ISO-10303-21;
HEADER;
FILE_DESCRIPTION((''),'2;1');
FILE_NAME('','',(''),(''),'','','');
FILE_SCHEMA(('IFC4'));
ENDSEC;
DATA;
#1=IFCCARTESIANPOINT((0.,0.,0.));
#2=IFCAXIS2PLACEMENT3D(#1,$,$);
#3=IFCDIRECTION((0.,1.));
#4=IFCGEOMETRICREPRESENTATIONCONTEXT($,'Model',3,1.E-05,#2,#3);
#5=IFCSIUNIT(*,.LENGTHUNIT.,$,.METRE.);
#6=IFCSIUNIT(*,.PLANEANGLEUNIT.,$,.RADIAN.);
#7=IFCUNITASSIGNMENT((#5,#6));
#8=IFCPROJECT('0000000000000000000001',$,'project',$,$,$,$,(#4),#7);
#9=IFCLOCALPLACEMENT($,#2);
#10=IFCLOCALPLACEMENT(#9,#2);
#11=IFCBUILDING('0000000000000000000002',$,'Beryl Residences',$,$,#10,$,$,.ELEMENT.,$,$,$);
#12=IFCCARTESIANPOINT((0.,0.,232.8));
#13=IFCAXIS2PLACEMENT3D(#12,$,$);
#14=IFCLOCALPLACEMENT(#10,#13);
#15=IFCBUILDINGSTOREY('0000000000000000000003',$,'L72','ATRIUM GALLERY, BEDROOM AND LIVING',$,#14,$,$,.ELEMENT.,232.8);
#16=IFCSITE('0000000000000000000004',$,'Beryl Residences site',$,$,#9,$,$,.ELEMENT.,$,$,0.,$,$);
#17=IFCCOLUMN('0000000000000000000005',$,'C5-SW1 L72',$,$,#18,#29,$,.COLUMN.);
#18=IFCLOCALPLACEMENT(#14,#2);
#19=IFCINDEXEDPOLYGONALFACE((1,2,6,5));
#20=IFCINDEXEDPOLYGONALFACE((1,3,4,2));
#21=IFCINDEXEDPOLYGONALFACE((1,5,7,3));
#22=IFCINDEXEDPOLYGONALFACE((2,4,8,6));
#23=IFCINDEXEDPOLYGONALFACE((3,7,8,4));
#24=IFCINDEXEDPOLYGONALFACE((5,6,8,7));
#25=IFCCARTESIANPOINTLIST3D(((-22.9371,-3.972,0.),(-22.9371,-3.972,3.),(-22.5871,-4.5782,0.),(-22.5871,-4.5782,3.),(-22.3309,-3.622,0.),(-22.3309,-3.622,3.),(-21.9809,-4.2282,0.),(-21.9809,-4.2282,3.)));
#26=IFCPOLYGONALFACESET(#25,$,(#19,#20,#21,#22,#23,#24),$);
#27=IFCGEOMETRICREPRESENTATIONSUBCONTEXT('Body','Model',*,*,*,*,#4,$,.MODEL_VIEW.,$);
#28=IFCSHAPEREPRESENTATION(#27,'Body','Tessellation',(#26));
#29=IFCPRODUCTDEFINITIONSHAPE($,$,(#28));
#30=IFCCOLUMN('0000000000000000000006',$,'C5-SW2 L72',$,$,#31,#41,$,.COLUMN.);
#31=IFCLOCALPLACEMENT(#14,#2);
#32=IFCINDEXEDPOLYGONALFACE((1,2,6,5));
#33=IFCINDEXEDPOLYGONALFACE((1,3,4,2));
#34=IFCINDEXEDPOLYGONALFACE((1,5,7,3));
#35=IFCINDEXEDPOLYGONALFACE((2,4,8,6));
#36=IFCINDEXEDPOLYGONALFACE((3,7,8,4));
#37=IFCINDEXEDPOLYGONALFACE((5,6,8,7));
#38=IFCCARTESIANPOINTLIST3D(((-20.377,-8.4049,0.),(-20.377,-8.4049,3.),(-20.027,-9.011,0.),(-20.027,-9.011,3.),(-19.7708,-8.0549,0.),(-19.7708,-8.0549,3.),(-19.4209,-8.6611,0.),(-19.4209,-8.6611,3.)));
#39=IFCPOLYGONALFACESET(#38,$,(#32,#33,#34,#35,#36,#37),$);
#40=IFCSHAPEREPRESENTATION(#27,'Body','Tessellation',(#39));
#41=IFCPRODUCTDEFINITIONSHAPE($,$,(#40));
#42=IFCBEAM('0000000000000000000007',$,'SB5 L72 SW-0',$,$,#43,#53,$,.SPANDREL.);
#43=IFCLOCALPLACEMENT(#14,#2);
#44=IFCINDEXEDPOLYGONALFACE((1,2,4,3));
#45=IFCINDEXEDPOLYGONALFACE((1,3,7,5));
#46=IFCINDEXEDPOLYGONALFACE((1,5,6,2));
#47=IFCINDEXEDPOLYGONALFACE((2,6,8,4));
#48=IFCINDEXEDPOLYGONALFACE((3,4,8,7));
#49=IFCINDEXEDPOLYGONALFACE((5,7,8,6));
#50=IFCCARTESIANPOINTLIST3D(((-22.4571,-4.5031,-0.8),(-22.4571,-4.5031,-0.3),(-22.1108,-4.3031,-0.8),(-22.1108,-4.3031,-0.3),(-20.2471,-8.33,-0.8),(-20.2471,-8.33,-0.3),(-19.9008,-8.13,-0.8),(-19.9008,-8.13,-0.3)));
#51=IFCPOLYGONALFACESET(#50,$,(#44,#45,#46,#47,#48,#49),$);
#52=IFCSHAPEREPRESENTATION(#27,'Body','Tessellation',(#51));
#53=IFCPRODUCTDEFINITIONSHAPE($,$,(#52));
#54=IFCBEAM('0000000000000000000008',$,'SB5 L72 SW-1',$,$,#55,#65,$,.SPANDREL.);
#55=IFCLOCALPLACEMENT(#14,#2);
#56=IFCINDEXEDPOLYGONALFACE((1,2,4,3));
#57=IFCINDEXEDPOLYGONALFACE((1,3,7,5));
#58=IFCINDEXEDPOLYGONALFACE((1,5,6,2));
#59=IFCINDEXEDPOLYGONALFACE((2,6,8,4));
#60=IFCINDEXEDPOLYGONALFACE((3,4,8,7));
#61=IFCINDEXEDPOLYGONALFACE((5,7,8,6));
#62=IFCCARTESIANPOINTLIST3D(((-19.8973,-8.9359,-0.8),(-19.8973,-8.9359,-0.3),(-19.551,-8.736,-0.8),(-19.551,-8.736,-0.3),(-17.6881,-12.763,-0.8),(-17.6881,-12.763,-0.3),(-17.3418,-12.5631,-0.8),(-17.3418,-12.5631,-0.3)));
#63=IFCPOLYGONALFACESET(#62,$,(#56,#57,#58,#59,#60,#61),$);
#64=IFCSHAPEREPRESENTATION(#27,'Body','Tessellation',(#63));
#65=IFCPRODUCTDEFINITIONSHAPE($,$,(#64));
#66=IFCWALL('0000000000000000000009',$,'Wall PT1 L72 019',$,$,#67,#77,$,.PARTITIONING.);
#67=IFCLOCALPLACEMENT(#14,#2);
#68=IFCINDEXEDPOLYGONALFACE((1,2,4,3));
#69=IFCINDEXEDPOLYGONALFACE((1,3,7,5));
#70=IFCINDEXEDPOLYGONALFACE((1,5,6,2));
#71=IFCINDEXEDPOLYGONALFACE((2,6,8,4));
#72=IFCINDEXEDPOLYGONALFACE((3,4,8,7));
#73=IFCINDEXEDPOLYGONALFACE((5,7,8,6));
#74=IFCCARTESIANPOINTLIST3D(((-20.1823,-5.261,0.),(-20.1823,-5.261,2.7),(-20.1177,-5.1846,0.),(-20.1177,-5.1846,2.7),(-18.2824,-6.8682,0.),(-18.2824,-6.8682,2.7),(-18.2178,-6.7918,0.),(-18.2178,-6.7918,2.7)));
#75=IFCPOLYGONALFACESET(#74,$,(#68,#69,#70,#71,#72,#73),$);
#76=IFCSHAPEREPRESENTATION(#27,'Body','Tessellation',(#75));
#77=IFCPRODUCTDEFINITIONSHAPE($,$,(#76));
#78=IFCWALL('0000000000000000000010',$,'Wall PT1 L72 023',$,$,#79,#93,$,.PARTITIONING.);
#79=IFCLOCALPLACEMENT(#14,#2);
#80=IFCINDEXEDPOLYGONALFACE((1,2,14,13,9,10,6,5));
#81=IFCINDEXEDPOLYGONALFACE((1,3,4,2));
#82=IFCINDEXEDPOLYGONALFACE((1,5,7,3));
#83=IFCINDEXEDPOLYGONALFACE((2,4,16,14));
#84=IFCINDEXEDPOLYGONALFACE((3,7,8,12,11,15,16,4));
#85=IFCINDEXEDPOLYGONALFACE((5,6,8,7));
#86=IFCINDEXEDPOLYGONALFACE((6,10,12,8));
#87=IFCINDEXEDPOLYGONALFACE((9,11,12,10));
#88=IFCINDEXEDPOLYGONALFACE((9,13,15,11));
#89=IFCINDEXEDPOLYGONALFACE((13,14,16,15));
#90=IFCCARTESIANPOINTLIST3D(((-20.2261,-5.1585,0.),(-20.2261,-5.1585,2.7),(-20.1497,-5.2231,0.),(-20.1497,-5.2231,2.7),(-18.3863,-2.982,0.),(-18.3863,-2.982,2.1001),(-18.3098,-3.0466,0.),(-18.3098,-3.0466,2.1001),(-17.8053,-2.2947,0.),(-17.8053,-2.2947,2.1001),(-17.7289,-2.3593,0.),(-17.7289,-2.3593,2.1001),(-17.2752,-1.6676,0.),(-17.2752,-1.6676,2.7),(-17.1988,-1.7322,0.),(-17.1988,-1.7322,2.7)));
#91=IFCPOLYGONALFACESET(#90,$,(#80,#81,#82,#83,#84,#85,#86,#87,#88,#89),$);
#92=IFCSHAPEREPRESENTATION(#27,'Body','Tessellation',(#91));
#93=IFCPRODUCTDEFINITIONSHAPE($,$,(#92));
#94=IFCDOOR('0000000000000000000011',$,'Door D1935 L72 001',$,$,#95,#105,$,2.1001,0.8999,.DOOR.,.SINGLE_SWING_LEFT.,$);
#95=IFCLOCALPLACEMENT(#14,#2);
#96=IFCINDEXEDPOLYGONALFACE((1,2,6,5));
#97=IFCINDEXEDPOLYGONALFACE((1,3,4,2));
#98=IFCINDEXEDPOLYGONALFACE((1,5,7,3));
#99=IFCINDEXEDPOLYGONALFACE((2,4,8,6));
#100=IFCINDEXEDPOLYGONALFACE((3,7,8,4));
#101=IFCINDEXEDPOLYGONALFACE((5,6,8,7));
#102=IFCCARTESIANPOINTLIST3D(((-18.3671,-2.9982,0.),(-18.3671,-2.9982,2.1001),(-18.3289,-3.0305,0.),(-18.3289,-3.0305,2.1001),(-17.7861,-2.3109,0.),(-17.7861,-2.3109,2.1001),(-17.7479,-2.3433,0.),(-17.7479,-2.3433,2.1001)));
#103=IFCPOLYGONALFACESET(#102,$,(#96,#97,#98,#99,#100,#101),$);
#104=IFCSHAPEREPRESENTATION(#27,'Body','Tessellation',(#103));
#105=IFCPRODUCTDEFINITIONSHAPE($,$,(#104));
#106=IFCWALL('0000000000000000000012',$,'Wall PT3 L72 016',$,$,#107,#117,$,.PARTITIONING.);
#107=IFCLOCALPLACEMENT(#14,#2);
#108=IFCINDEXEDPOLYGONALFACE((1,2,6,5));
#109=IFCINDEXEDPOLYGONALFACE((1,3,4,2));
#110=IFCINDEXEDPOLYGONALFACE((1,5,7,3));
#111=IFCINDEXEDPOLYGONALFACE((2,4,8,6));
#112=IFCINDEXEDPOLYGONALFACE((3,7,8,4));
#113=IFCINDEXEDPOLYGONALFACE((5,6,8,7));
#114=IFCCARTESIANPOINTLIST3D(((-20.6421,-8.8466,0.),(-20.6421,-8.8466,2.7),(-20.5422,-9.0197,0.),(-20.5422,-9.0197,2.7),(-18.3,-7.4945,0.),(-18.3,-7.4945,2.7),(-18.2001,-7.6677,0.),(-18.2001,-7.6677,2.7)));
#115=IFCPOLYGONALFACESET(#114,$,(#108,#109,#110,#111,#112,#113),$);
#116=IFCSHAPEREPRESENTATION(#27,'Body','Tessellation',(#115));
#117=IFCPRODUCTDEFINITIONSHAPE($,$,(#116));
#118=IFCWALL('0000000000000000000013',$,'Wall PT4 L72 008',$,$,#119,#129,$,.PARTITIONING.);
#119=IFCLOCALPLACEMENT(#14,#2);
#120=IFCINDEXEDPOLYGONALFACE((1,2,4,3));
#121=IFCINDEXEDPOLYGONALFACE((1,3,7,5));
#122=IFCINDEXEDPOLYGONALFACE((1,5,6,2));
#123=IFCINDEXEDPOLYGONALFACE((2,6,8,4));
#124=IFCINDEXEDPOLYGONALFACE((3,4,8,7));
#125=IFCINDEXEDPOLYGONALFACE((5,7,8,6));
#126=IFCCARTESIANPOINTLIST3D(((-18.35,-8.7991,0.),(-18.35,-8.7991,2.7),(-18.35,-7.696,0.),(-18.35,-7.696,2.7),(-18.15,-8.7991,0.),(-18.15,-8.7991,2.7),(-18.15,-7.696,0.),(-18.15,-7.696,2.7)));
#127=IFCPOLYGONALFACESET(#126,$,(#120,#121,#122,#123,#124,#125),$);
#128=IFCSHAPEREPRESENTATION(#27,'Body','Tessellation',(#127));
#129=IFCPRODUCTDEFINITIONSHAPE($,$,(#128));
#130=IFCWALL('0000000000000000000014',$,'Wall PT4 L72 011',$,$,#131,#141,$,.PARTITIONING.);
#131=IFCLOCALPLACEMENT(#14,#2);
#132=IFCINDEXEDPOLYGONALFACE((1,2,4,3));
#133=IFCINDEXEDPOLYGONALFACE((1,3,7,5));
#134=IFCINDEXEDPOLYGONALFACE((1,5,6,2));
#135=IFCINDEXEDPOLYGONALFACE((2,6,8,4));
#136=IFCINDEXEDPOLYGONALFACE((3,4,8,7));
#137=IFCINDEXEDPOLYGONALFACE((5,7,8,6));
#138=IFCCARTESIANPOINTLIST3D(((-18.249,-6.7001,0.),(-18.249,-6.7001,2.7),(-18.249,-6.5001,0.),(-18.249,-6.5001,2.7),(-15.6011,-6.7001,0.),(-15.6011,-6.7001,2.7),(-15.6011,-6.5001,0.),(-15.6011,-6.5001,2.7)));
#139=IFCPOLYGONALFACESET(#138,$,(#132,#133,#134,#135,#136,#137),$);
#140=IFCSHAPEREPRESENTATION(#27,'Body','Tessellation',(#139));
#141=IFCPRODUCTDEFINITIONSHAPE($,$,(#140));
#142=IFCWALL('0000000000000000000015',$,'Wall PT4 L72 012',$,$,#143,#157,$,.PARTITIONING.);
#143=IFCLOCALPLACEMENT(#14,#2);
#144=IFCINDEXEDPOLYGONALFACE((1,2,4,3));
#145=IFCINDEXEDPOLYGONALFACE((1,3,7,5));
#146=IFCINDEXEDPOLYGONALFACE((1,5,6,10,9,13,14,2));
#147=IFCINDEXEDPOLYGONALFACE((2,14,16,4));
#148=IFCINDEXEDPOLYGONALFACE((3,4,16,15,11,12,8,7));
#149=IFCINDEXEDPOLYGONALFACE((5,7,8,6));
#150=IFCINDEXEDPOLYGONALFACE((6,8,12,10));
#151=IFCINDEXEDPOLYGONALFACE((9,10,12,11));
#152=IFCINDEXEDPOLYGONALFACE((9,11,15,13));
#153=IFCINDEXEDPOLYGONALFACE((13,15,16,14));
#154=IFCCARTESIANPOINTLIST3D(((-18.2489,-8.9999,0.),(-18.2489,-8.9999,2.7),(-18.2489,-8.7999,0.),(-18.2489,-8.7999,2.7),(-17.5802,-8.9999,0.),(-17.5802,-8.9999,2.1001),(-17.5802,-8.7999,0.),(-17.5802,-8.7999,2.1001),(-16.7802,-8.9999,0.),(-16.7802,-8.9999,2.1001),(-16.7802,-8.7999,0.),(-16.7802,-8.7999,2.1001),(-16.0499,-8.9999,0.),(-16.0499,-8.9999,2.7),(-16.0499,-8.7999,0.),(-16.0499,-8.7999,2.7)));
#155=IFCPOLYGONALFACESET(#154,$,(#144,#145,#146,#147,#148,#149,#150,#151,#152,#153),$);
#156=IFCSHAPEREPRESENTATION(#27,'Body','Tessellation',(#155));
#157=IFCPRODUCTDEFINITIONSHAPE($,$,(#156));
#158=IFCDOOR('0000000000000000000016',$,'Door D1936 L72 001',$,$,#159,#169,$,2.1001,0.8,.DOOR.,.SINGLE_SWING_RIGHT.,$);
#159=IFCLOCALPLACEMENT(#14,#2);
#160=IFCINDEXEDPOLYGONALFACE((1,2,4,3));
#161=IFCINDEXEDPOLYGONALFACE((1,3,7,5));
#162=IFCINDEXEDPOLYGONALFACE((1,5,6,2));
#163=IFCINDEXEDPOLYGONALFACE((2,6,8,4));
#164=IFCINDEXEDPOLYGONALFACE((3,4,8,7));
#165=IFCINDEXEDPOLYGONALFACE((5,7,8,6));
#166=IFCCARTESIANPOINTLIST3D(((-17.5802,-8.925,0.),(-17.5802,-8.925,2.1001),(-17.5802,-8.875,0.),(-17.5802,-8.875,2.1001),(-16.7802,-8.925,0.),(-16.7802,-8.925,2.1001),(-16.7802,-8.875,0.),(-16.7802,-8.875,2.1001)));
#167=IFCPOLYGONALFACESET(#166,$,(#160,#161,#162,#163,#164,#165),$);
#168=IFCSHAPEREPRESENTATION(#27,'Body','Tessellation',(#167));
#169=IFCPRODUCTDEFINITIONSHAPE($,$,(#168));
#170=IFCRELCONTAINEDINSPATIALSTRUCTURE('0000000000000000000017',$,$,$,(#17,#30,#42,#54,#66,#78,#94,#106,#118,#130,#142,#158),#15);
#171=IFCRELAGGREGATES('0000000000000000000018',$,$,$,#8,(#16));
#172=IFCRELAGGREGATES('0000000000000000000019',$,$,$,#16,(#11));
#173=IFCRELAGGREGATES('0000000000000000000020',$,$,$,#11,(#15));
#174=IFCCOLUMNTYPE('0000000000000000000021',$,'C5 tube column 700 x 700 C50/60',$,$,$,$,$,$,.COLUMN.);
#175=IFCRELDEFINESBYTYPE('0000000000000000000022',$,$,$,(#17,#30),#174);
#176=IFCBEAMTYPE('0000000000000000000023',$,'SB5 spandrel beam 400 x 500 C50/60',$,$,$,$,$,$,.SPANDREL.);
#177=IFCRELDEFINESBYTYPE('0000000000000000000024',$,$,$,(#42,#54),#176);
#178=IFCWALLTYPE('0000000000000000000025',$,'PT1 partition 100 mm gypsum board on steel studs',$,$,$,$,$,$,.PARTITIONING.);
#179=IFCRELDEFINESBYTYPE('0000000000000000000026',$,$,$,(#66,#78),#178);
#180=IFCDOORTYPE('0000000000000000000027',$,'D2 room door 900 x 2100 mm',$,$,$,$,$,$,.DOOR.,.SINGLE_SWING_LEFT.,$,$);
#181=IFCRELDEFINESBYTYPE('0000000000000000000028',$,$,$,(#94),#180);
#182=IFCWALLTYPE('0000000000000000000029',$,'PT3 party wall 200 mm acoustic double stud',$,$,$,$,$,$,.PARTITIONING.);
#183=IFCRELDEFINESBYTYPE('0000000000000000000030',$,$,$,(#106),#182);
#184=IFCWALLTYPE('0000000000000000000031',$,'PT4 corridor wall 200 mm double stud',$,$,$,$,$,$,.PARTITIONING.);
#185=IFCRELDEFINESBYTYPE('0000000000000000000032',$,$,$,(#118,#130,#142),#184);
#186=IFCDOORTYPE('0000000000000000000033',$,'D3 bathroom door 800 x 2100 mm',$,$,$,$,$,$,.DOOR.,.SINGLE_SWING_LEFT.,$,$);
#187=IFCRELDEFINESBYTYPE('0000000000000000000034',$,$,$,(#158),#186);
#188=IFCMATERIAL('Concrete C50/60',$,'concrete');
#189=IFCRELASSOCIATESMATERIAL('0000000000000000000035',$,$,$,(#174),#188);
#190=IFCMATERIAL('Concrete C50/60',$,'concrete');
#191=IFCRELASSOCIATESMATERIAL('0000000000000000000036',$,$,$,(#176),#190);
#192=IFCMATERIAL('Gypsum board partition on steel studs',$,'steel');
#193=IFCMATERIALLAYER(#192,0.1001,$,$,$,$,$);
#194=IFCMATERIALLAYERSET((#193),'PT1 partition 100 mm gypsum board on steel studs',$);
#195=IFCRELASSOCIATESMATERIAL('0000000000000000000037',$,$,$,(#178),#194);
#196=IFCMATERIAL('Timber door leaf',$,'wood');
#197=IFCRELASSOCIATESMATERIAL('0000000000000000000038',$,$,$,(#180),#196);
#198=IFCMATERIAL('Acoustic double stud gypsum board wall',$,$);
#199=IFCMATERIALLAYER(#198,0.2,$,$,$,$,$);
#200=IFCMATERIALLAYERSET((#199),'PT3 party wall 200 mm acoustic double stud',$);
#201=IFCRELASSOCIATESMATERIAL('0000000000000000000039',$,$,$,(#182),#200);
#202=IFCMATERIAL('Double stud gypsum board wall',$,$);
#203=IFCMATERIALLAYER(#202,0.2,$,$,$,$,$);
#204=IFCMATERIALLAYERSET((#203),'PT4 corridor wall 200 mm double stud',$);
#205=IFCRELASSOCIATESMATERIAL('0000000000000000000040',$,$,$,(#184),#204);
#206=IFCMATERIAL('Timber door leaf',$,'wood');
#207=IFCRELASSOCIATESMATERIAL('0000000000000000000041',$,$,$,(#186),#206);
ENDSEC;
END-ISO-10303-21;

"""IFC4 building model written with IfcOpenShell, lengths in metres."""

from ifc_helpers import new_model, si_unit, direction, frame, frame_2d, origin, origin_2d, place, context, subcontext, project, spatial, rectangle, extrude, material, layer, layer_set, material_profile, profile_set, type_object, element, fill, save


model = new_model("IFC4")

# Units and contexts
model_context = context("Model", 3, precision=1e-05, world=origin(), true_north=direction((0.0, 1.0)))
body_context = subcontext(model_context, "Body", "Model", "MODEL_VIEW")
ifc_project = project(units=[si_unit("LENGTHUNIT", "METRE"), si_unit("PLANEANGLEUNIT", "RADIAN")], contexts=[model_context])

# Site, building, storey
site_placement = place(None, origin())
site = spatial("IfcSite", under=ifc_project, at=site_placement, Name="Beryl Residences site", CompositionType="ELEMENT", RefElevation=0.0)
building_placement = place(site_placement, origin())
building = spatial("IfcBuilding", under=site, at=building_placement, Name="Beryl Residences", CompositionType="ELEMENT")
storey_placement = place(building_placement, frame((0.0, 0.0, 232.8)))
storey = spatial("IfcBuildingStorey", under=building, at=storey_placement, Name="L72", Description="ATRIUM GALLERY, BEDROOM AND LIVING", CompositionType="ELEMENT", Elevation=232.8)

# Columns
ifc_material_1 = material(Name="Concrete C50/60", Category="concrete")
ifc_material_profile_1 = material_profile(ifc_material_1, rectangle(XDim=0.7, YDim=0.7, at=origin_2d()))
ifc_profile_set_1 = profile_set([ifc_material_profile_1], Name="Concrete C50/60")
column_type = type_object("IfcColumnType", Name="C5 tube column 700 x 700 C50/60", PredefinedType="COLUMN", material=ifc_profile_set_1)
for number, where, z_axis, x_axis, name in (
    (1, (-22.459, -4.1001, 0.0), (0.0, 0.0, 1.0), (0.499985, -0.866034, 0.0), "C5-SW1 L72"),
    (2, (-19.8989, -8.533, 0.0), (0.0, 0.0, 1.0), (0.499985, -0.866034, 0.0), "C5-SW2 L72"),
):
    element("IfcColumn", number, at=place(storey_placement, frame(where, z_axis=z_axis, x_axis=x_axis)), inside=storey, type_object=column_type, Name=name, PredefinedType="COLUMN", context=body_context, shape_type="SweptSolid", body=[
        extrude(rectangle(XDim=0.7, YDim=0.7, at=origin_2d()), origin(), (0.0, 0.0, 1.0), 3.0),
    ])

# Beams
ifc_material_2 = material(Name="Concrete C50/60", Category="concrete")
ifc_material_profile_2 = material_profile(ifc_material_2, rectangle(XDim=0.3999, YDim=0.5, at=origin_2d()))
ifc_profile_set_2 = profile_set([ifc_material_profile_2], Name="Concrete C50/60")
beam_type = type_object("IfcBeamType", Name="SB5 spandrel beam 400 x 500 C50/60", PredefinedType="SPANDREL", material=ifc_profile_set_2)
beam_1_placement = place(storey_placement, frame((-22.2839, -4.4031, -0.55), z_axis=(0.500084, -0.865977, 0.0), x_axis=(0.865977, 0.500084, 0.0)))
element("IfcBeam", 3, at=beam_1_placement, inside=storey, type_object=beam_type, Name="SB5 L72 SW-0", PredefinedType="SPANDREL", context=body_context, shape_type="SweptSolid", body=[
    extrude(rectangle(XDim=0.3999, YDim=0.5, at=origin_2d()), origin(), (0.0, 0.0, 1.0), 4.4192),
])
beam_2_placement = place(storey_placement, frame((-19.7241, -8.8359, -0.55), z_axis=(0.499936, -0.866062, 0.0), x_axis=(0.866062, 0.499936, 0.0)))
element("IfcBeam", 4, at=beam_2_placement, inside=storey, type_object=beam_type, Name="SB5 L72 SW-1", PredefinedType="SPANDREL", context=body_context, shape_type="SweptSolid", body=[
    extrude(rectangle(XDim=0.3999, YDim=0.5, at=origin_2d()), origin(), (0.0, 0.0, 1.0), 4.4189),
])

# Wall
ifc_material_3 = material(Name="Gypsum board partition on steel studs", Category="steel")
ifc_layer_1 = layer(ifc_material_3, 0.1001)
ifc_layer_set_1 = layer_set([ifc_layer_1], Name="PT1 partition 100 mm gypsum board on steel studs")
wall_type_1 = type_object("IfcWallType", Name="PT1 partition 100 mm gypsum board on steel studs", PredefinedType="PARTITIONING", material=ifc_layer_set_1)
wall_1_placement = place(storey_placement, frame((-20.1499, -5.2229, 0.0), z_axis=(0.0, 0.0, 1.0), x_axis=(0.763472, -0.645841, 0.0)))
element("IfcWall", 5, at=wall_1_placement, inside=storey, type_object=wall_type_1, Name="Wall PT1 L72 019", PredefinedType="PARTITIONING", context=body_context, shape_type="SweptSolid", body=[
    extrude(rectangle(XDim=2.4885, YDim=0.1001, at=frame_2d((1.2441, 0.0))), origin(), (0.0, 0.0, 1.0), 2.7),
])

# Wall, opening, door
wall_2_placement = place(storey_placement, frame((-20.188, -5.1909, 0.0), z_axis=(0.0, 0.0, 1.0), x_axis=(0.645564, 0.763706, 0.0)))
wall_2 = element("IfcWall", 6, at=wall_2_placement, inside=storey, type_object=wall_type_1, Name="Wall PT1 L72 023", PredefinedType="PARTITIONING", context=body_context, shape_type="SweptSolid", body=[
    extrude(rectangle(XDim=4.571, YDim=0.1001, at=frame_2d((2.2856, 0.0))), origin(), (0.0, 0.0, 1.0), 2.7),
])
opening_1_placement = place(wall_2_placement, frame((2.8501, 0.0, 0.0)))
opening_1 = element("IfcOpeningElement", 7, at=opening_1_placement, cuts=wall_2, PredefinedType="OPENING", context=body_context, shape_type="SweptSolid", body=[
    extrude(rectangle(XDim=0.8999, YDim=2.1001, at=frame_2d((0.45, 1.05))), frame((0.0, 0.0601, 0.0), z_axis=(0.0, -1.0, 0.0), x_axis=(1.0, 0.0, 0.0)), (0.0, 0.0, 1.0), 0.1201),
])
ifc_material_4 = material(Name="Timber door leaf", Category="wood")
door_type_1 = type_object("IfcDoorType", Name="D2 room door 900 x 2100 mm", OperationType="SINGLE_SWING_LEFT", PredefinedType="DOOR", material=ifc_material_4)
door_1_placement = place(opening_1_placement, origin())
door_1 = element("IfcDoor", 8, at=door_1_placement, inside=storey, type_object=door_type_1, Name="Door D1935 L72 001", OperationType="SINGLE_SWING_LEFT", OverallHeight=2.1001, OverallWidth=0.8999, PredefinedType="DOOR", context=body_context, shape_type="SweptSolid", body=[
    extrude(rectangle(XDim=0.8999, YDim=2.1001, at=frame_2d((0.45, 1.05))), frame((0.0, 0.0249, 0.0), z_axis=(0.0, -1.0, 0.0), x_axis=(1.0, 0.0, 0.0)), (0.0, 0.0, 1.0), 0.05),
])
fill(opening_1, door_1)

# Walls
ifc_material_5 = material(Name="Acoustic double stud gypsum board wall")
ifc_layer_2 = layer(ifc_material_5, 0.2)
ifc_layer_set_2 = layer_set([ifc_layer_2], Name="PT3 party wall 200 mm acoustic double stud")
wall_type_2 = type_object("IfcWallType", Name="PT3 party wall 200 mm acoustic double stud", PredefinedType="PARTITIONING", material=ifc_layer_set_2)
wall_3_placement = place(storey_placement, frame((-20.592, -8.9331, 0.0), z_axis=(0.0, 0.0, 1.0), x_axis=(0.866046, 0.499965, 0.0)))
element("IfcWall", 9, at=wall_3_placement, inside=storey, type_object=wall_type_2, Name="Wall PT3 L72 016", PredefinedType="PARTITIONING", context=body_context, shape_type="SweptSolid", body=[
    extrude(rectangle(XDim=2.7043, YDim=0.2, at=frame_2d((1.3521, 0.0))), origin(), (0.0, 0.0, 1.0), 2.7),
])
ifc_material_6 = material(Name="Double stud gypsum board wall")
ifc_layer_3 = layer(ifc_material_6, 0.2)
ifc_layer_set_3 = layer_set([ifc_layer_3], Name="PT4 corridor wall 200 mm double stud")
wall_type_3 = type_object("IfcWallType", Name="PT4 corridor wall 200 mm double stud", PredefinedType="PARTITIONING", material=ifc_layer_set_3)
wall_4_placement = place(storey_placement, frame((-18.25, -7.696, 0.0), z_axis=(0.0, 0.0, 1.0), x_axis=(0.0, -1.0, 0.0)))
element("IfcWall", 10, at=wall_4_placement, inside=storey, type_object=wall_type_3, Name="Wall PT4 L72 008", PredefinedType="PARTITIONING", context=body_context, shape_type="SweptSolid", body=[
    extrude(rectangle(XDim=1.103, YDim=0.2, at=frame_2d((0.5515, 0.0))), origin(), (0.0, 0.0, 1.0), 2.7),
])
wall_5_placement = place(storey_placement, frame((-18.249, -6.6001, 0.0), z_axis=(0.0, 0.0, 1.0), x_axis=(1.0, 0.0, 0.0)))
element("IfcWall", 11, at=wall_5_placement, inside=storey, type_object=wall_type_3, Name="Wall PT4 L72 011", PredefinedType="PARTITIONING", context=body_context, shape_type="SweptSolid", body=[
    extrude(rectangle(XDim=2.6479, YDim=0.2, at=frame_2d((1.324, 0.0))), origin(), (0.0, 0.0, 1.0), 2.7),
])

# Wall, opening, door
wall_6_placement = place(storey_placement, frame((-18.249, -8.8999, 0.0), z_axis=(0.0, 0.0, 1.0), x_axis=(1.0, 0.0, 0.0)))
wall_6 = element("IfcWall", 12, at=wall_6_placement, inside=storey, type_object=wall_type_3, Name="Wall PT4 L72 012", PredefinedType="PARTITIONING", context=body_context, shape_type="SweptSolid", body=[
    extrude(rectangle(XDim=2.199, YDim=0.2, at=frame_2d((1.0996, 0.0))), origin(), (0.0, 0.0, 1.0), 2.7),
])
opening_2_placement = place(wall_6_placement, frame((0.6689, 0.0, 0.0)))
opening_2 = element("IfcOpeningElement", 13, at=opening_2_placement, cuts=wall_6, PredefinedType="OPENING", context=body_context, shape_type="SweptSolid", body=[
    extrude(rectangle(XDim=0.8, YDim=2.1001, at=frame_2d((0.3999, 1.05))), frame((0.0, 0.1099, 0.0), z_axis=(0.0, -1.0, 0.0), x_axis=(1.0, 0.0, 0.0)), (0.0, 0.0, 1.0), 0.22),
])
ifc_material_7 = material(Name="Timber door leaf", Category="wood")
door_type_2 = type_object("IfcDoorType", Name="D3 bathroom door 800 x 2100 mm", OperationType="SINGLE_SWING_LEFT", PredefinedType="DOOR", material=ifc_material_7)
door_2_placement = place(opening_2_placement, origin())
door_2 = element("IfcDoor", 14, at=door_2_placement, inside=storey, type_object=door_type_2, Name="Door D1936 L72 001", OperationType="SINGLE_SWING_RIGHT", OverallHeight=2.1001, OverallWidth=0.8, PredefinedType="DOOR", context=body_context, shape_type="SweptSolid", body=[
    extrude(rectangle(XDim=0.8, YDim=2.1001, at=frame_2d((0.3999, 1.05))), frame((0.0, 0.0249, 0.0), z_axis=(0.0, -1.0, 0.0), x_axis=(1.0, 0.0, 0.0)), (0.0, 0.0, 1.0), 0.05),
])
fill(opening_2, door_2)

save(model, "model.ifc")
